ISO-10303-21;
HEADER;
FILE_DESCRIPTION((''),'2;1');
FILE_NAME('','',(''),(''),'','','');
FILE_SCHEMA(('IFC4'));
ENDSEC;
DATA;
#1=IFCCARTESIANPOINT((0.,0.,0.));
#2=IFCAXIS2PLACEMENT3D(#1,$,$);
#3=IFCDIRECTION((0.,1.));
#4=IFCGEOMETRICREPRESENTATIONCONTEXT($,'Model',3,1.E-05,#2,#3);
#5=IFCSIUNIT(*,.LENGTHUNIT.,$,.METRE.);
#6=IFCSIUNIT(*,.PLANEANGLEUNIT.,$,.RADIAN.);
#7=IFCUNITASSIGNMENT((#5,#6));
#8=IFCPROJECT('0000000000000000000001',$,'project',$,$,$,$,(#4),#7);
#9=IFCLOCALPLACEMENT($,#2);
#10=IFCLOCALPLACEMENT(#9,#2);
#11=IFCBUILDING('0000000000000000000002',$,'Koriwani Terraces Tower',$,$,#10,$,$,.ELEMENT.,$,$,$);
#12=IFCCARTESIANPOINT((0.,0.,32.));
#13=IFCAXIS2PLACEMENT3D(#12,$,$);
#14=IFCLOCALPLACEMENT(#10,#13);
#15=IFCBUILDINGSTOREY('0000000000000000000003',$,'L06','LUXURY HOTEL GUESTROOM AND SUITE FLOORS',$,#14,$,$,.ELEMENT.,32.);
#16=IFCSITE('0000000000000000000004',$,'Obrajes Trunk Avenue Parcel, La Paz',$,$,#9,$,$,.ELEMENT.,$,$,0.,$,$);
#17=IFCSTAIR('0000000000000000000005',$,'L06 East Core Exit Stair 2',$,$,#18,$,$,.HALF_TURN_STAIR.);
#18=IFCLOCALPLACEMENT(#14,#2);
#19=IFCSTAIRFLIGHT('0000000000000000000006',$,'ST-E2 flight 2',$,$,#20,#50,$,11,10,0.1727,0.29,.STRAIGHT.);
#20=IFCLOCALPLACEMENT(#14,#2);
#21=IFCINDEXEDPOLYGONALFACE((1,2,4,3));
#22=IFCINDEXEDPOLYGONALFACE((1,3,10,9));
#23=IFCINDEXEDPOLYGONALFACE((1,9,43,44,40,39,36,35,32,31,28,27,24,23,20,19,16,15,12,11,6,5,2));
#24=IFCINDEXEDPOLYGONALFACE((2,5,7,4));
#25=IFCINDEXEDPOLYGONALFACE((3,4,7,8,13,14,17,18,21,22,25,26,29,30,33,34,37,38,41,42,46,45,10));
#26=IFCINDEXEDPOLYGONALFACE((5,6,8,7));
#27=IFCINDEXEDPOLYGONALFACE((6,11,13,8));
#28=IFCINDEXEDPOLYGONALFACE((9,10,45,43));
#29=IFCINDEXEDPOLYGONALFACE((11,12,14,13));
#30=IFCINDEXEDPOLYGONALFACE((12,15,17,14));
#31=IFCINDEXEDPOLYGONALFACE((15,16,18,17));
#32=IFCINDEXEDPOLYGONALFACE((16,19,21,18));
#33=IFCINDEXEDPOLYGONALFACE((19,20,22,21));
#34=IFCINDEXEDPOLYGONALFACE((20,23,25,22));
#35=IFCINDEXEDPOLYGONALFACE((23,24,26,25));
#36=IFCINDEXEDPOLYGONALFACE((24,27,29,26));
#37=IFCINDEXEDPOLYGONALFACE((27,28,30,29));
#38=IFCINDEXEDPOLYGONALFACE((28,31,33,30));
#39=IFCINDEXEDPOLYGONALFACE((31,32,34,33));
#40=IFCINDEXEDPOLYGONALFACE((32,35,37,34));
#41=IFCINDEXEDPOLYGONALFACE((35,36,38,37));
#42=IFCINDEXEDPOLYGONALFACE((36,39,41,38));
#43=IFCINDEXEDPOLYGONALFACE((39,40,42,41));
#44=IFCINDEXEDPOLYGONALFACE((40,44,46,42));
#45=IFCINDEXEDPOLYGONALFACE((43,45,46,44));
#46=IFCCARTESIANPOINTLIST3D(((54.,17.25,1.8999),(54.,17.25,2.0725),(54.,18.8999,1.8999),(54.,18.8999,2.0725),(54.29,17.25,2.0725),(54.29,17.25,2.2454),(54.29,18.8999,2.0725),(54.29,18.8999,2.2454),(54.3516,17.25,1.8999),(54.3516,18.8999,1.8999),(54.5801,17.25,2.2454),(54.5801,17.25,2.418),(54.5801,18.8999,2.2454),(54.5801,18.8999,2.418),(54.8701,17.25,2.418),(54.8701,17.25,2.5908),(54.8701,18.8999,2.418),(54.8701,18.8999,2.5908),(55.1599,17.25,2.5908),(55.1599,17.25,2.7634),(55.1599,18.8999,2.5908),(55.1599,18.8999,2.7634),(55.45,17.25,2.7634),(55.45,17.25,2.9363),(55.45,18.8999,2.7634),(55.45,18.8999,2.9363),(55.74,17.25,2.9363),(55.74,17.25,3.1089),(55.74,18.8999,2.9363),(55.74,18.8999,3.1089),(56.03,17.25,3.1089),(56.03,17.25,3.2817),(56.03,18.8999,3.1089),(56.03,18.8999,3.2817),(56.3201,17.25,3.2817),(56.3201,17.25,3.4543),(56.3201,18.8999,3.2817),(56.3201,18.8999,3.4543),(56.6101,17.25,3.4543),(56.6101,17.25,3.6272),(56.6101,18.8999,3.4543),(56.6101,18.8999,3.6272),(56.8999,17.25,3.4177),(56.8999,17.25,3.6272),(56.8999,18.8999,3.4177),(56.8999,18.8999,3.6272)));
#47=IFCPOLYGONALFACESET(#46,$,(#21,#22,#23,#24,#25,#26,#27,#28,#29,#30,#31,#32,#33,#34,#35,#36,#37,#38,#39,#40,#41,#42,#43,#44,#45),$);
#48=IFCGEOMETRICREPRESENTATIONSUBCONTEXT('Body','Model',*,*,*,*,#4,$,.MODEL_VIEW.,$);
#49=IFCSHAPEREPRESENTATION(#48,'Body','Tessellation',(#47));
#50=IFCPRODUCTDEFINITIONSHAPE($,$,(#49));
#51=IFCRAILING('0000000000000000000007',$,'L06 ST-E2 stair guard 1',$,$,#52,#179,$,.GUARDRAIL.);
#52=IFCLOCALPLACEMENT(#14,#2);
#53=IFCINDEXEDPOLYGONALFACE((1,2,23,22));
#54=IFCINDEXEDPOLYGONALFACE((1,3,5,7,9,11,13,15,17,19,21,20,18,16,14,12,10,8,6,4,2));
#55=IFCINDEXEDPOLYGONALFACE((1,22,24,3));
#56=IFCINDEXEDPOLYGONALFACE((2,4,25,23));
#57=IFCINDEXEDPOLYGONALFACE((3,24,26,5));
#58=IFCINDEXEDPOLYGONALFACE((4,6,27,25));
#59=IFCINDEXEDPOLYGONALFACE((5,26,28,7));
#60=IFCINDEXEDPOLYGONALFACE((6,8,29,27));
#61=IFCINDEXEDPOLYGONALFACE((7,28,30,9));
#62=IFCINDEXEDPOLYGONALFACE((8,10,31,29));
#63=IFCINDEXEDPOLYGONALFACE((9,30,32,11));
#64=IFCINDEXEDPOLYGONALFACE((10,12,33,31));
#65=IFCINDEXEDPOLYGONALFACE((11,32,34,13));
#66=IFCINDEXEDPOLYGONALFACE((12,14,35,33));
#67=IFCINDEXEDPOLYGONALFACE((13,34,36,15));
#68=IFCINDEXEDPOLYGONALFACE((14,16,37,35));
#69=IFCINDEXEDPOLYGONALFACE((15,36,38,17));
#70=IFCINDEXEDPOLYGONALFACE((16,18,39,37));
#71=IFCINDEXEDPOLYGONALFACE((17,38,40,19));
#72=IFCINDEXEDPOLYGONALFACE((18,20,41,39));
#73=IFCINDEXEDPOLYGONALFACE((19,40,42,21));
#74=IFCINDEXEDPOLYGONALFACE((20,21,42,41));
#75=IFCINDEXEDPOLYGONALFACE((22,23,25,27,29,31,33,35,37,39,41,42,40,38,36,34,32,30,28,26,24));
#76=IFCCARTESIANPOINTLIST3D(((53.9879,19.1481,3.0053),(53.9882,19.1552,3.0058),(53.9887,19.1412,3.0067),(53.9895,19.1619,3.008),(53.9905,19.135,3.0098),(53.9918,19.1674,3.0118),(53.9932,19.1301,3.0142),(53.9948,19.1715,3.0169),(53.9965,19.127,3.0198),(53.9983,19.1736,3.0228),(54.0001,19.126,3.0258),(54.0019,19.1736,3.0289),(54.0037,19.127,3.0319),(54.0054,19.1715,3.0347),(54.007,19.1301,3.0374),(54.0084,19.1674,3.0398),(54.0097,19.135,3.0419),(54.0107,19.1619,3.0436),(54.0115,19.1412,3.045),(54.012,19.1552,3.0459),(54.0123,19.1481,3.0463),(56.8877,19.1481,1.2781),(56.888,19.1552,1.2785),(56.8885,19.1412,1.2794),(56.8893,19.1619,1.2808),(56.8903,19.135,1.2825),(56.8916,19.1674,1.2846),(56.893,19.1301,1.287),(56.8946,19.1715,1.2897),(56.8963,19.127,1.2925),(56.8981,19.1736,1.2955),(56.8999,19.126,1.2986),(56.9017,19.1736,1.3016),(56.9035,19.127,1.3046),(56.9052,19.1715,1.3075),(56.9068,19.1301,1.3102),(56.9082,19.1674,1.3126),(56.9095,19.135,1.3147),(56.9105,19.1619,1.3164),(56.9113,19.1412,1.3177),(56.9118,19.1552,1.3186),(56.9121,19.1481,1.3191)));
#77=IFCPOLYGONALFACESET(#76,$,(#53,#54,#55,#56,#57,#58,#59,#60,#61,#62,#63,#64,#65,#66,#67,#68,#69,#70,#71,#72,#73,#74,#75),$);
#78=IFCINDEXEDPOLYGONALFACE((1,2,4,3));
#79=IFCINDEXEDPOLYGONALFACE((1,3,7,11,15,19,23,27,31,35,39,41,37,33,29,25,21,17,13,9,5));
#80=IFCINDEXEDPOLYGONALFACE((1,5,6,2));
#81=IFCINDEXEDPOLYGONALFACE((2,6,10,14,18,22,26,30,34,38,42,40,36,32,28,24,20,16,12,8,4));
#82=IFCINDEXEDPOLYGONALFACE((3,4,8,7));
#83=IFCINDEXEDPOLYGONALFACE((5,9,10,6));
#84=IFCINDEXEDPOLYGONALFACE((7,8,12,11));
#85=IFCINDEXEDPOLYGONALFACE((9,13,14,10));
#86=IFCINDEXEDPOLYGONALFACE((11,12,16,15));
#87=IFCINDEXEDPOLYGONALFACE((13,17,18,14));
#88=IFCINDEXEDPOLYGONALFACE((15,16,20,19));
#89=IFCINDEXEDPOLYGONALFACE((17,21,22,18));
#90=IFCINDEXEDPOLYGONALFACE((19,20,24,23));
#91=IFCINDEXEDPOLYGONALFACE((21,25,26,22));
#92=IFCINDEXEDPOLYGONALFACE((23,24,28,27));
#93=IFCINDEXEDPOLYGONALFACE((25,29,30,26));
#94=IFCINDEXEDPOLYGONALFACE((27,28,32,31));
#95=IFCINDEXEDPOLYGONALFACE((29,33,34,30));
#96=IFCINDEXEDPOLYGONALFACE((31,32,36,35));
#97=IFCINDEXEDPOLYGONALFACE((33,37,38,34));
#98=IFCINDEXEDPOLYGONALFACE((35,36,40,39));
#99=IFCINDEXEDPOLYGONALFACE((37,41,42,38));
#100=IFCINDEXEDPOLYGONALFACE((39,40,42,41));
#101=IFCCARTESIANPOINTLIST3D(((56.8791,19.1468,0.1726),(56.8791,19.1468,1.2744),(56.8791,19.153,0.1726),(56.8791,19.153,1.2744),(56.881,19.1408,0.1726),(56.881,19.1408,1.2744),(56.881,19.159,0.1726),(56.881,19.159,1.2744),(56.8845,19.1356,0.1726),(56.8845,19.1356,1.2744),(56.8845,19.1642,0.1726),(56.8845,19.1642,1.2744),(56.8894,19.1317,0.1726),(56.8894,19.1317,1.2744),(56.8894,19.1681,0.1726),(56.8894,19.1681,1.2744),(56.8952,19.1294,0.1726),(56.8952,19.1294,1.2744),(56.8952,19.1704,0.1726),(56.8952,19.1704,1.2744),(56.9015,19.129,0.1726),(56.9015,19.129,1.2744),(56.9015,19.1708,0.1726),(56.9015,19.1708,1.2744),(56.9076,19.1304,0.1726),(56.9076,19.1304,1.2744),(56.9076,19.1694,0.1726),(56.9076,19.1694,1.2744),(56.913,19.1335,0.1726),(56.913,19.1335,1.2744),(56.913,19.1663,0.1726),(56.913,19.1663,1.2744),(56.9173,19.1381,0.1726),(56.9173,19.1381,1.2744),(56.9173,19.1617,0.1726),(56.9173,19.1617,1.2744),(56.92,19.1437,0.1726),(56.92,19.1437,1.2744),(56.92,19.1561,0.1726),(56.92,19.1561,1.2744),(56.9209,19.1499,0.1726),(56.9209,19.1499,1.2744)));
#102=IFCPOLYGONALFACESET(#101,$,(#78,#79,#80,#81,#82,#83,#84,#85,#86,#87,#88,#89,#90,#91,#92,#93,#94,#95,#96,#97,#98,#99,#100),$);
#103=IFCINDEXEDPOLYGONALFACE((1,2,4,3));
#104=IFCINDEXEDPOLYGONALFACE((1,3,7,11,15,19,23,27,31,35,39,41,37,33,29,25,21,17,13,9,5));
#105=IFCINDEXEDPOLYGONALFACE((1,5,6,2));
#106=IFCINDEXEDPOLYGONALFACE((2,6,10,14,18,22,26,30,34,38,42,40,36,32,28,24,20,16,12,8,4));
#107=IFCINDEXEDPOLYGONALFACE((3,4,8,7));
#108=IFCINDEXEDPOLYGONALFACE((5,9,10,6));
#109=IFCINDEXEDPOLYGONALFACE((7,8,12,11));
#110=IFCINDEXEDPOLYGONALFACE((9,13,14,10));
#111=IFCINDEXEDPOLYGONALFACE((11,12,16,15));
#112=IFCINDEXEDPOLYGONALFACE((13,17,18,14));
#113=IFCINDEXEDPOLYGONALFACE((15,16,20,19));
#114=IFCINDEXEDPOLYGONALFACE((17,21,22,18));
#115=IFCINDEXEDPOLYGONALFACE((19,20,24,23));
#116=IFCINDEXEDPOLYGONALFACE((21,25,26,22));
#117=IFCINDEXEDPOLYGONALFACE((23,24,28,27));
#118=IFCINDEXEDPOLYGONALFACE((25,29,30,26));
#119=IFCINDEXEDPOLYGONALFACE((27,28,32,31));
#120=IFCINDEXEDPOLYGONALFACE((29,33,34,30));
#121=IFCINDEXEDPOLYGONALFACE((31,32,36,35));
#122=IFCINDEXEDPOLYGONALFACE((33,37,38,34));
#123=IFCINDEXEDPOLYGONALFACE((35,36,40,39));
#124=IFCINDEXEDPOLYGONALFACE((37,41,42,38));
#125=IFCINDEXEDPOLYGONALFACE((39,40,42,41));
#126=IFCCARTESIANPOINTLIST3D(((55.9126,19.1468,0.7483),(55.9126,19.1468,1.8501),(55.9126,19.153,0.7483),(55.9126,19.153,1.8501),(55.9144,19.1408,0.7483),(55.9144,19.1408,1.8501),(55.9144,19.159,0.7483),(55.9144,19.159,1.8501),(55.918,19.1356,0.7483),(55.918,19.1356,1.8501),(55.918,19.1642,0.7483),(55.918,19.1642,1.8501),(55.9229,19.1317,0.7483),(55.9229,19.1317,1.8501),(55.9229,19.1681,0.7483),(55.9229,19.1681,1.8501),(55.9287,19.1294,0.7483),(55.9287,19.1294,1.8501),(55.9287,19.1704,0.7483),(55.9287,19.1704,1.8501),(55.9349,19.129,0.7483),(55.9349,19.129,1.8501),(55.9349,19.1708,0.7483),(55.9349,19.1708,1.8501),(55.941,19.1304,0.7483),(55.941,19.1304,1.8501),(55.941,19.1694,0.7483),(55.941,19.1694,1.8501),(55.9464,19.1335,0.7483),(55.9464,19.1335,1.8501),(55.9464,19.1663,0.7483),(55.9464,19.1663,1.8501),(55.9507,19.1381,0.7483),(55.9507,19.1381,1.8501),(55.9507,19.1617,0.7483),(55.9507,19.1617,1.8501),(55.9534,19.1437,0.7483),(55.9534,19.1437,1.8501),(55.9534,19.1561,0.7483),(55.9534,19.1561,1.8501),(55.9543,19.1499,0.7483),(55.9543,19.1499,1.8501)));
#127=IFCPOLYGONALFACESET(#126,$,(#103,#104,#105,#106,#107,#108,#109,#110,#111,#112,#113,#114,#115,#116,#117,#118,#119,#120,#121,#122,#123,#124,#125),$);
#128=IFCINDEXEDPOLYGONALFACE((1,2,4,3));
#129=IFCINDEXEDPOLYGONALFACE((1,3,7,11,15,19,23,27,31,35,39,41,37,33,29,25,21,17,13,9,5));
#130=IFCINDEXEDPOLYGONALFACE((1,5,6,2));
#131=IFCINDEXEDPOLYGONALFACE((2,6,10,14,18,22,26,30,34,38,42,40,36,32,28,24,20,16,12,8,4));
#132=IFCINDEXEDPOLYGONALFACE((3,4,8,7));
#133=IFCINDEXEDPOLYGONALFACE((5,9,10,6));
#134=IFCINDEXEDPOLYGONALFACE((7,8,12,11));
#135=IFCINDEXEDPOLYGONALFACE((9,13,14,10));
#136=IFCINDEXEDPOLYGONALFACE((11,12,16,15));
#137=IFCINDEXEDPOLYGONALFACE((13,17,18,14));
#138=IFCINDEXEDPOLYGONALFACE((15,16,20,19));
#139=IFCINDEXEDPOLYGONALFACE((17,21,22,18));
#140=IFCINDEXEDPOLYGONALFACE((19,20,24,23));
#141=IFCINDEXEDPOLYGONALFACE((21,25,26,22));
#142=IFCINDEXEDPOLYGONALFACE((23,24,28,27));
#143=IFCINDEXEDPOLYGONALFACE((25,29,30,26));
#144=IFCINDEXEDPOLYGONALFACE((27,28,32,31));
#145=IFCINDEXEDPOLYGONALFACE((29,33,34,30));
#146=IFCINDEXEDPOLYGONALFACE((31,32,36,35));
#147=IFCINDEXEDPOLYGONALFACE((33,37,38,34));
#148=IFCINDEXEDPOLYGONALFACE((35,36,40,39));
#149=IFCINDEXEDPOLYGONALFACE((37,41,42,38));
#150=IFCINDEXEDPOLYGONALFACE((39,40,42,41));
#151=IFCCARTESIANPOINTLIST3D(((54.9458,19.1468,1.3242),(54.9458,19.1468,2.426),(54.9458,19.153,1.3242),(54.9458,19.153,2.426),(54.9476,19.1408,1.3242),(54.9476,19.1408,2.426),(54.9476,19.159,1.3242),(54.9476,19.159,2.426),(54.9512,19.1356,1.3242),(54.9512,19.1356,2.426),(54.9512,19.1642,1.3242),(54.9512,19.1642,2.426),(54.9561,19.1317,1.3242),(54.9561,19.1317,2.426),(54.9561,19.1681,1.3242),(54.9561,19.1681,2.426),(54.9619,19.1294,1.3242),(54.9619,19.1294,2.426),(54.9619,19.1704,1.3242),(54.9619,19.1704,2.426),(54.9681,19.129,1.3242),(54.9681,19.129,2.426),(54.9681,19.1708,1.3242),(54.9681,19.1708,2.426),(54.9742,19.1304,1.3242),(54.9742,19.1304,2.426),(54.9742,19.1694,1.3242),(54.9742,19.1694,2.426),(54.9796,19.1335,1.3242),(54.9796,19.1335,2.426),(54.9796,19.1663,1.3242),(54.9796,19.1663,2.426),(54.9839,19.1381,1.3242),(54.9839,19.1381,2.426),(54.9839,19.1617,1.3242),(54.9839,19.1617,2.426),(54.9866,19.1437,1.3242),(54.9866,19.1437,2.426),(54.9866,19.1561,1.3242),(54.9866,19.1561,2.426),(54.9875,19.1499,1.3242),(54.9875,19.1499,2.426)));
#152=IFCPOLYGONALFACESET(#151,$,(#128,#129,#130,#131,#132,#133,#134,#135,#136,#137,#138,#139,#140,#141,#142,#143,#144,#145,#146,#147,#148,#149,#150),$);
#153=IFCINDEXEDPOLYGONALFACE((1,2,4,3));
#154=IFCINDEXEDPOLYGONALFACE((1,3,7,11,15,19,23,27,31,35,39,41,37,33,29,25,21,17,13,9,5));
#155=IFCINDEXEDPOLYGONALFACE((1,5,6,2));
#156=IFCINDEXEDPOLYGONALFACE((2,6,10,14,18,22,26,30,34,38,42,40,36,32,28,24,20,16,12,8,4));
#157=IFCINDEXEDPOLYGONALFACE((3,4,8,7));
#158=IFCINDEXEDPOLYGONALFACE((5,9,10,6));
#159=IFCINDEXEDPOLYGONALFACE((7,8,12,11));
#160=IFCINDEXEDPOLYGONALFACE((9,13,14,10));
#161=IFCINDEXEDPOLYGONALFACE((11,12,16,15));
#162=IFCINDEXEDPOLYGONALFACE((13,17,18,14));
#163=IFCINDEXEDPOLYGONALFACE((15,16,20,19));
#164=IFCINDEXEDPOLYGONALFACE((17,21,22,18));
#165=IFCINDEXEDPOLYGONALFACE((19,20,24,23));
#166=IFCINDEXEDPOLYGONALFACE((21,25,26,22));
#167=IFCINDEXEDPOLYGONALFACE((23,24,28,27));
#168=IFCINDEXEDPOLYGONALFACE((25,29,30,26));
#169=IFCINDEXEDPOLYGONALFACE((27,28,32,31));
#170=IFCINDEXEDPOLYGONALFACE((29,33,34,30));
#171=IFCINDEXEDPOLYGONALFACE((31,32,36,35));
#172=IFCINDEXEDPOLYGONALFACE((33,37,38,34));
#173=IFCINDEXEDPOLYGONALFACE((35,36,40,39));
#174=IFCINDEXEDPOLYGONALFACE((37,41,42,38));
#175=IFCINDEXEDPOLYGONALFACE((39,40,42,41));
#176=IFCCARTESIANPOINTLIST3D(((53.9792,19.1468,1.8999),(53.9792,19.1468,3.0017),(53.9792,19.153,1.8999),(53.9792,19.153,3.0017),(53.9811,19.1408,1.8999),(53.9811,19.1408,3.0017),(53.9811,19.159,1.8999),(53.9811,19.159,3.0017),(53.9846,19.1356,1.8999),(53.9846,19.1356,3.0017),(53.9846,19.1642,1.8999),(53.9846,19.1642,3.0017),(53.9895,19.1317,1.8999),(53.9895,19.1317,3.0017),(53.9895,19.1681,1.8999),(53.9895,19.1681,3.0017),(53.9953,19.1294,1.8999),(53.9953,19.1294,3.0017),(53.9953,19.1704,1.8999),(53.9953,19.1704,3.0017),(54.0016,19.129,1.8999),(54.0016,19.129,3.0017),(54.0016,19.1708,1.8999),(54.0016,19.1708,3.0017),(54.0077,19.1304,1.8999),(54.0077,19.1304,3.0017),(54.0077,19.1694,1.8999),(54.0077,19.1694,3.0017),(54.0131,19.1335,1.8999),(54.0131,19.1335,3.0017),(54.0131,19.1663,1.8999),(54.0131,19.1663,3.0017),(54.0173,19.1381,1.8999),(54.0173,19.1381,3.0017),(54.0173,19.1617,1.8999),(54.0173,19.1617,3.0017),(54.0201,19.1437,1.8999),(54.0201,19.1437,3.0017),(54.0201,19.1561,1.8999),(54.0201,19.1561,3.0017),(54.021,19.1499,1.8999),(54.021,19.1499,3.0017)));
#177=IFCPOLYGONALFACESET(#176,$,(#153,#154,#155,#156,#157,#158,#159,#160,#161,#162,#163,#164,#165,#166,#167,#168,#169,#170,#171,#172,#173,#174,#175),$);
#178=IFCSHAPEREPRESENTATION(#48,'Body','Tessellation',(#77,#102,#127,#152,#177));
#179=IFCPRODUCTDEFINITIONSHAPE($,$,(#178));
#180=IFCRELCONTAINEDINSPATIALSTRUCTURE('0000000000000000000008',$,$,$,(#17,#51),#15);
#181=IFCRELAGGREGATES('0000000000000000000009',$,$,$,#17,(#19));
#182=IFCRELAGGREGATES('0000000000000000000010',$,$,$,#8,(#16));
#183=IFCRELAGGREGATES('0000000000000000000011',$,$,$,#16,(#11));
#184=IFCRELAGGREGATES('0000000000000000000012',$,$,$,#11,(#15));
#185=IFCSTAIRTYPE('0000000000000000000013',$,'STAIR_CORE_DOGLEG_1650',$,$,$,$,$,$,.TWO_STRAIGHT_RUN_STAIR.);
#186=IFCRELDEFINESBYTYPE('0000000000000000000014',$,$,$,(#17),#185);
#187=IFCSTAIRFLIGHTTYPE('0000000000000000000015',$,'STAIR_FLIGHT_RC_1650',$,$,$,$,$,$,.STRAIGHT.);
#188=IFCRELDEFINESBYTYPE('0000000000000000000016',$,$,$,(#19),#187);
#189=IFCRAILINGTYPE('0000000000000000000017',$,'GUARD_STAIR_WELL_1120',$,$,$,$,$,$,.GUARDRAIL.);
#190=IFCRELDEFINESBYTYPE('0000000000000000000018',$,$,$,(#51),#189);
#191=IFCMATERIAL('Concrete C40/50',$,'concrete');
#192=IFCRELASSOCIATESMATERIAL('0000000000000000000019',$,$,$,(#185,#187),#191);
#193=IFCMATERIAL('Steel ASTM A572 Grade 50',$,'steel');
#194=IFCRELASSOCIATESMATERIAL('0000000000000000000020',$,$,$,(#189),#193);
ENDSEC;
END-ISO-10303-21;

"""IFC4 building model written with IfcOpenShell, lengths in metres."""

from ifc_helpers import new_model, si_unit, direction, frame, origin, origin_2d, place, context, subcontext, project, spatial, polyline, circle, outline, extrude, material, type_object, element, aggregate, save


model = new_model("IFC4")

# Units and contexts
model_context = context("Model", 3, precision=1e-05, world=origin(), true_north=direction((0.0, 1.0)))
body_context = subcontext(model_context, "Body", "Model", "MODEL_VIEW")
ifc_project = project(units=[si_unit("LENGTHUNIT", "METRE"), si_unit("PLANEANGLEUNIT", "RADIAN")], contexts=[model_context])

# Site, building, storey
site_placement = place(None, origin())
site = spatial("IfcSite", under=ifc_project, at=site_placement, Name="Obrajes Trunk Avenue Parcel, La Paz", CompositionType="ELEMENT", RefElevation=0.0)
building_placement = place(site_placement, origin())
building = spatial("IfcBuilding", under=site, at=building_placement, Name="Koriwani Terraces Tower", CompositionType="ELEMENT")
storey_placement = place(building_placement, frame((0.0, 0.0, 32.0)))
storey = spatial("IfcBuildingStorey", under=building, at=storey_placement, Name="L06", Description="LUXURY HOTEL GUESTROOM AND SUITE FLOORS", CompositionType="ELEMENT", Elevation=32.0)

# Shared definitions
ifc_material_1 = material(Name="Steel ASTM A572 Grade 50", Category="steel")

# Shared definitions
ifc_material_2 = material(Name="Concrete C40/50", Category="concrete")

# Stair, stair flight
stair_type = type_object("IfcStairType", Name="STAIR_CORE_DOGLEG_1650", PredefinedType="TWO_STRAIGHT_RUN_STAIR", material=ifc_material_2)
stair_placement = place(storey_placement, origin())
stair = element("IfcStair", 1, at=stair_placement, inside=storey, type_object=stair_type, Name="L06 East Core Exit Stair 2", PredefinedType="HALF_TURN_STAIR")
stair_flight_type = type_object("IfcStairFlightType", Name="STAIR_FLIGHT_RC_1650", PredefinedType="STRAIGHT", material=ifc_material_2)
stair_flight_1_placement = place(storey_placement, frame((54.0, 18.075, 1.8999), z_axis=(0.0, 0.0, 1.0), x_axis=(1.0, 0.0, 0.0)))
stair_flight_1 = element("IfcStairFlight", 2, at=stair_flight_1_placement, type_object=stair_flight_type, Name="ST-E2 flight 2", NumberOfRisers=11, NumberOfTreads=10, PredefinedType="STRAIGHT", RiserHeight=0.1727, TreadLength=0.29, context=body_context, shape_type="SweptSolid", body=[
    extrude(outline(polyline([(0.0, 0.0), (0.0, 0.1726), (0.29, 0.1726), (0.29, 0.3455), (0.5801, 0.3455), (0.5801, 0.5181), (0.8701, 0.5181), (0.8701, 0.6909), (1.1599, 0.6909), (1.1599, 0.8635), (1.45, 0.8635), (1.45, 1.0364), (1.74, 1.0364), (1.74, 1.209), (2.03, 1.209), (2.03, 1.3818), (2.3201, 1.3818), (2.3201, 1.5544), (2.6101, 1.5544), (2.6101, 1.7273), (2.8999, 1.7273), (2.8999, 1.8999), (2.8999, 1.5178), (0.3516, 0.0), (0.0, 0.0)])), frame((0.0, 0.825, 0.0), z_axis=(0.0, -1.0, 0.0), x_axis=(1.0, 0.0, 0.0)), (0.0, 0.0, 1.0), 1.6499),
])
aggregate(stair, [stair_flight_1])

# Railing
railing_type_1 = type_object("IfcRailingType", Name="GUARD_STAIR_WELL_1120", PredefinedType="GUARDRAIL", material=ifc_material_1)
railing_1_placement = place(storey_placement, frame((56.8999, 19.1499, 0.1726)))
element("IfcRailing", 3, at=railing_1_placement, inside=storey, type_object=railing_type_1, Name="L06 ST-E2 stair guard 1", PredefinedType="GUARDRAIL", context=body_context, shape_type="SweptSolid", body=[
    extrude(circle(Radius=0.0239, at=origin_2d()), frame((0.0, 0.0, 1.126), z_axis=(-0.859141, 0.0, 0.511738), x_axis=(0.0, -1.0, 0.0)), (0.0, 0.0, 1.0), 3.3752),
    extrude(circle(Radius=0.021, at=origin_2d()), origin(), (0.0, 0.0, 1.0), 1.1018),
    extrude(circle(Radius=0.021, at=origin_2d()), frame((-0.9666, 0.0, 0.5757)), (0.0, 0.0, 1.0), 1.1018),
    extrude(circle(Radius=0.021, at=origin_2d()), frame((-1.9333, 0.0, 1.1516)), (0.0, 0.0, 1.0), 1.1018),
    extrude(circle(Radius=0.021, at=origin_2d()), frame((-2.8999, 0.0, 1.7273)), (0.0, 0.0, 1.0), 1.1018),
])

save(model, "model.ifc")
